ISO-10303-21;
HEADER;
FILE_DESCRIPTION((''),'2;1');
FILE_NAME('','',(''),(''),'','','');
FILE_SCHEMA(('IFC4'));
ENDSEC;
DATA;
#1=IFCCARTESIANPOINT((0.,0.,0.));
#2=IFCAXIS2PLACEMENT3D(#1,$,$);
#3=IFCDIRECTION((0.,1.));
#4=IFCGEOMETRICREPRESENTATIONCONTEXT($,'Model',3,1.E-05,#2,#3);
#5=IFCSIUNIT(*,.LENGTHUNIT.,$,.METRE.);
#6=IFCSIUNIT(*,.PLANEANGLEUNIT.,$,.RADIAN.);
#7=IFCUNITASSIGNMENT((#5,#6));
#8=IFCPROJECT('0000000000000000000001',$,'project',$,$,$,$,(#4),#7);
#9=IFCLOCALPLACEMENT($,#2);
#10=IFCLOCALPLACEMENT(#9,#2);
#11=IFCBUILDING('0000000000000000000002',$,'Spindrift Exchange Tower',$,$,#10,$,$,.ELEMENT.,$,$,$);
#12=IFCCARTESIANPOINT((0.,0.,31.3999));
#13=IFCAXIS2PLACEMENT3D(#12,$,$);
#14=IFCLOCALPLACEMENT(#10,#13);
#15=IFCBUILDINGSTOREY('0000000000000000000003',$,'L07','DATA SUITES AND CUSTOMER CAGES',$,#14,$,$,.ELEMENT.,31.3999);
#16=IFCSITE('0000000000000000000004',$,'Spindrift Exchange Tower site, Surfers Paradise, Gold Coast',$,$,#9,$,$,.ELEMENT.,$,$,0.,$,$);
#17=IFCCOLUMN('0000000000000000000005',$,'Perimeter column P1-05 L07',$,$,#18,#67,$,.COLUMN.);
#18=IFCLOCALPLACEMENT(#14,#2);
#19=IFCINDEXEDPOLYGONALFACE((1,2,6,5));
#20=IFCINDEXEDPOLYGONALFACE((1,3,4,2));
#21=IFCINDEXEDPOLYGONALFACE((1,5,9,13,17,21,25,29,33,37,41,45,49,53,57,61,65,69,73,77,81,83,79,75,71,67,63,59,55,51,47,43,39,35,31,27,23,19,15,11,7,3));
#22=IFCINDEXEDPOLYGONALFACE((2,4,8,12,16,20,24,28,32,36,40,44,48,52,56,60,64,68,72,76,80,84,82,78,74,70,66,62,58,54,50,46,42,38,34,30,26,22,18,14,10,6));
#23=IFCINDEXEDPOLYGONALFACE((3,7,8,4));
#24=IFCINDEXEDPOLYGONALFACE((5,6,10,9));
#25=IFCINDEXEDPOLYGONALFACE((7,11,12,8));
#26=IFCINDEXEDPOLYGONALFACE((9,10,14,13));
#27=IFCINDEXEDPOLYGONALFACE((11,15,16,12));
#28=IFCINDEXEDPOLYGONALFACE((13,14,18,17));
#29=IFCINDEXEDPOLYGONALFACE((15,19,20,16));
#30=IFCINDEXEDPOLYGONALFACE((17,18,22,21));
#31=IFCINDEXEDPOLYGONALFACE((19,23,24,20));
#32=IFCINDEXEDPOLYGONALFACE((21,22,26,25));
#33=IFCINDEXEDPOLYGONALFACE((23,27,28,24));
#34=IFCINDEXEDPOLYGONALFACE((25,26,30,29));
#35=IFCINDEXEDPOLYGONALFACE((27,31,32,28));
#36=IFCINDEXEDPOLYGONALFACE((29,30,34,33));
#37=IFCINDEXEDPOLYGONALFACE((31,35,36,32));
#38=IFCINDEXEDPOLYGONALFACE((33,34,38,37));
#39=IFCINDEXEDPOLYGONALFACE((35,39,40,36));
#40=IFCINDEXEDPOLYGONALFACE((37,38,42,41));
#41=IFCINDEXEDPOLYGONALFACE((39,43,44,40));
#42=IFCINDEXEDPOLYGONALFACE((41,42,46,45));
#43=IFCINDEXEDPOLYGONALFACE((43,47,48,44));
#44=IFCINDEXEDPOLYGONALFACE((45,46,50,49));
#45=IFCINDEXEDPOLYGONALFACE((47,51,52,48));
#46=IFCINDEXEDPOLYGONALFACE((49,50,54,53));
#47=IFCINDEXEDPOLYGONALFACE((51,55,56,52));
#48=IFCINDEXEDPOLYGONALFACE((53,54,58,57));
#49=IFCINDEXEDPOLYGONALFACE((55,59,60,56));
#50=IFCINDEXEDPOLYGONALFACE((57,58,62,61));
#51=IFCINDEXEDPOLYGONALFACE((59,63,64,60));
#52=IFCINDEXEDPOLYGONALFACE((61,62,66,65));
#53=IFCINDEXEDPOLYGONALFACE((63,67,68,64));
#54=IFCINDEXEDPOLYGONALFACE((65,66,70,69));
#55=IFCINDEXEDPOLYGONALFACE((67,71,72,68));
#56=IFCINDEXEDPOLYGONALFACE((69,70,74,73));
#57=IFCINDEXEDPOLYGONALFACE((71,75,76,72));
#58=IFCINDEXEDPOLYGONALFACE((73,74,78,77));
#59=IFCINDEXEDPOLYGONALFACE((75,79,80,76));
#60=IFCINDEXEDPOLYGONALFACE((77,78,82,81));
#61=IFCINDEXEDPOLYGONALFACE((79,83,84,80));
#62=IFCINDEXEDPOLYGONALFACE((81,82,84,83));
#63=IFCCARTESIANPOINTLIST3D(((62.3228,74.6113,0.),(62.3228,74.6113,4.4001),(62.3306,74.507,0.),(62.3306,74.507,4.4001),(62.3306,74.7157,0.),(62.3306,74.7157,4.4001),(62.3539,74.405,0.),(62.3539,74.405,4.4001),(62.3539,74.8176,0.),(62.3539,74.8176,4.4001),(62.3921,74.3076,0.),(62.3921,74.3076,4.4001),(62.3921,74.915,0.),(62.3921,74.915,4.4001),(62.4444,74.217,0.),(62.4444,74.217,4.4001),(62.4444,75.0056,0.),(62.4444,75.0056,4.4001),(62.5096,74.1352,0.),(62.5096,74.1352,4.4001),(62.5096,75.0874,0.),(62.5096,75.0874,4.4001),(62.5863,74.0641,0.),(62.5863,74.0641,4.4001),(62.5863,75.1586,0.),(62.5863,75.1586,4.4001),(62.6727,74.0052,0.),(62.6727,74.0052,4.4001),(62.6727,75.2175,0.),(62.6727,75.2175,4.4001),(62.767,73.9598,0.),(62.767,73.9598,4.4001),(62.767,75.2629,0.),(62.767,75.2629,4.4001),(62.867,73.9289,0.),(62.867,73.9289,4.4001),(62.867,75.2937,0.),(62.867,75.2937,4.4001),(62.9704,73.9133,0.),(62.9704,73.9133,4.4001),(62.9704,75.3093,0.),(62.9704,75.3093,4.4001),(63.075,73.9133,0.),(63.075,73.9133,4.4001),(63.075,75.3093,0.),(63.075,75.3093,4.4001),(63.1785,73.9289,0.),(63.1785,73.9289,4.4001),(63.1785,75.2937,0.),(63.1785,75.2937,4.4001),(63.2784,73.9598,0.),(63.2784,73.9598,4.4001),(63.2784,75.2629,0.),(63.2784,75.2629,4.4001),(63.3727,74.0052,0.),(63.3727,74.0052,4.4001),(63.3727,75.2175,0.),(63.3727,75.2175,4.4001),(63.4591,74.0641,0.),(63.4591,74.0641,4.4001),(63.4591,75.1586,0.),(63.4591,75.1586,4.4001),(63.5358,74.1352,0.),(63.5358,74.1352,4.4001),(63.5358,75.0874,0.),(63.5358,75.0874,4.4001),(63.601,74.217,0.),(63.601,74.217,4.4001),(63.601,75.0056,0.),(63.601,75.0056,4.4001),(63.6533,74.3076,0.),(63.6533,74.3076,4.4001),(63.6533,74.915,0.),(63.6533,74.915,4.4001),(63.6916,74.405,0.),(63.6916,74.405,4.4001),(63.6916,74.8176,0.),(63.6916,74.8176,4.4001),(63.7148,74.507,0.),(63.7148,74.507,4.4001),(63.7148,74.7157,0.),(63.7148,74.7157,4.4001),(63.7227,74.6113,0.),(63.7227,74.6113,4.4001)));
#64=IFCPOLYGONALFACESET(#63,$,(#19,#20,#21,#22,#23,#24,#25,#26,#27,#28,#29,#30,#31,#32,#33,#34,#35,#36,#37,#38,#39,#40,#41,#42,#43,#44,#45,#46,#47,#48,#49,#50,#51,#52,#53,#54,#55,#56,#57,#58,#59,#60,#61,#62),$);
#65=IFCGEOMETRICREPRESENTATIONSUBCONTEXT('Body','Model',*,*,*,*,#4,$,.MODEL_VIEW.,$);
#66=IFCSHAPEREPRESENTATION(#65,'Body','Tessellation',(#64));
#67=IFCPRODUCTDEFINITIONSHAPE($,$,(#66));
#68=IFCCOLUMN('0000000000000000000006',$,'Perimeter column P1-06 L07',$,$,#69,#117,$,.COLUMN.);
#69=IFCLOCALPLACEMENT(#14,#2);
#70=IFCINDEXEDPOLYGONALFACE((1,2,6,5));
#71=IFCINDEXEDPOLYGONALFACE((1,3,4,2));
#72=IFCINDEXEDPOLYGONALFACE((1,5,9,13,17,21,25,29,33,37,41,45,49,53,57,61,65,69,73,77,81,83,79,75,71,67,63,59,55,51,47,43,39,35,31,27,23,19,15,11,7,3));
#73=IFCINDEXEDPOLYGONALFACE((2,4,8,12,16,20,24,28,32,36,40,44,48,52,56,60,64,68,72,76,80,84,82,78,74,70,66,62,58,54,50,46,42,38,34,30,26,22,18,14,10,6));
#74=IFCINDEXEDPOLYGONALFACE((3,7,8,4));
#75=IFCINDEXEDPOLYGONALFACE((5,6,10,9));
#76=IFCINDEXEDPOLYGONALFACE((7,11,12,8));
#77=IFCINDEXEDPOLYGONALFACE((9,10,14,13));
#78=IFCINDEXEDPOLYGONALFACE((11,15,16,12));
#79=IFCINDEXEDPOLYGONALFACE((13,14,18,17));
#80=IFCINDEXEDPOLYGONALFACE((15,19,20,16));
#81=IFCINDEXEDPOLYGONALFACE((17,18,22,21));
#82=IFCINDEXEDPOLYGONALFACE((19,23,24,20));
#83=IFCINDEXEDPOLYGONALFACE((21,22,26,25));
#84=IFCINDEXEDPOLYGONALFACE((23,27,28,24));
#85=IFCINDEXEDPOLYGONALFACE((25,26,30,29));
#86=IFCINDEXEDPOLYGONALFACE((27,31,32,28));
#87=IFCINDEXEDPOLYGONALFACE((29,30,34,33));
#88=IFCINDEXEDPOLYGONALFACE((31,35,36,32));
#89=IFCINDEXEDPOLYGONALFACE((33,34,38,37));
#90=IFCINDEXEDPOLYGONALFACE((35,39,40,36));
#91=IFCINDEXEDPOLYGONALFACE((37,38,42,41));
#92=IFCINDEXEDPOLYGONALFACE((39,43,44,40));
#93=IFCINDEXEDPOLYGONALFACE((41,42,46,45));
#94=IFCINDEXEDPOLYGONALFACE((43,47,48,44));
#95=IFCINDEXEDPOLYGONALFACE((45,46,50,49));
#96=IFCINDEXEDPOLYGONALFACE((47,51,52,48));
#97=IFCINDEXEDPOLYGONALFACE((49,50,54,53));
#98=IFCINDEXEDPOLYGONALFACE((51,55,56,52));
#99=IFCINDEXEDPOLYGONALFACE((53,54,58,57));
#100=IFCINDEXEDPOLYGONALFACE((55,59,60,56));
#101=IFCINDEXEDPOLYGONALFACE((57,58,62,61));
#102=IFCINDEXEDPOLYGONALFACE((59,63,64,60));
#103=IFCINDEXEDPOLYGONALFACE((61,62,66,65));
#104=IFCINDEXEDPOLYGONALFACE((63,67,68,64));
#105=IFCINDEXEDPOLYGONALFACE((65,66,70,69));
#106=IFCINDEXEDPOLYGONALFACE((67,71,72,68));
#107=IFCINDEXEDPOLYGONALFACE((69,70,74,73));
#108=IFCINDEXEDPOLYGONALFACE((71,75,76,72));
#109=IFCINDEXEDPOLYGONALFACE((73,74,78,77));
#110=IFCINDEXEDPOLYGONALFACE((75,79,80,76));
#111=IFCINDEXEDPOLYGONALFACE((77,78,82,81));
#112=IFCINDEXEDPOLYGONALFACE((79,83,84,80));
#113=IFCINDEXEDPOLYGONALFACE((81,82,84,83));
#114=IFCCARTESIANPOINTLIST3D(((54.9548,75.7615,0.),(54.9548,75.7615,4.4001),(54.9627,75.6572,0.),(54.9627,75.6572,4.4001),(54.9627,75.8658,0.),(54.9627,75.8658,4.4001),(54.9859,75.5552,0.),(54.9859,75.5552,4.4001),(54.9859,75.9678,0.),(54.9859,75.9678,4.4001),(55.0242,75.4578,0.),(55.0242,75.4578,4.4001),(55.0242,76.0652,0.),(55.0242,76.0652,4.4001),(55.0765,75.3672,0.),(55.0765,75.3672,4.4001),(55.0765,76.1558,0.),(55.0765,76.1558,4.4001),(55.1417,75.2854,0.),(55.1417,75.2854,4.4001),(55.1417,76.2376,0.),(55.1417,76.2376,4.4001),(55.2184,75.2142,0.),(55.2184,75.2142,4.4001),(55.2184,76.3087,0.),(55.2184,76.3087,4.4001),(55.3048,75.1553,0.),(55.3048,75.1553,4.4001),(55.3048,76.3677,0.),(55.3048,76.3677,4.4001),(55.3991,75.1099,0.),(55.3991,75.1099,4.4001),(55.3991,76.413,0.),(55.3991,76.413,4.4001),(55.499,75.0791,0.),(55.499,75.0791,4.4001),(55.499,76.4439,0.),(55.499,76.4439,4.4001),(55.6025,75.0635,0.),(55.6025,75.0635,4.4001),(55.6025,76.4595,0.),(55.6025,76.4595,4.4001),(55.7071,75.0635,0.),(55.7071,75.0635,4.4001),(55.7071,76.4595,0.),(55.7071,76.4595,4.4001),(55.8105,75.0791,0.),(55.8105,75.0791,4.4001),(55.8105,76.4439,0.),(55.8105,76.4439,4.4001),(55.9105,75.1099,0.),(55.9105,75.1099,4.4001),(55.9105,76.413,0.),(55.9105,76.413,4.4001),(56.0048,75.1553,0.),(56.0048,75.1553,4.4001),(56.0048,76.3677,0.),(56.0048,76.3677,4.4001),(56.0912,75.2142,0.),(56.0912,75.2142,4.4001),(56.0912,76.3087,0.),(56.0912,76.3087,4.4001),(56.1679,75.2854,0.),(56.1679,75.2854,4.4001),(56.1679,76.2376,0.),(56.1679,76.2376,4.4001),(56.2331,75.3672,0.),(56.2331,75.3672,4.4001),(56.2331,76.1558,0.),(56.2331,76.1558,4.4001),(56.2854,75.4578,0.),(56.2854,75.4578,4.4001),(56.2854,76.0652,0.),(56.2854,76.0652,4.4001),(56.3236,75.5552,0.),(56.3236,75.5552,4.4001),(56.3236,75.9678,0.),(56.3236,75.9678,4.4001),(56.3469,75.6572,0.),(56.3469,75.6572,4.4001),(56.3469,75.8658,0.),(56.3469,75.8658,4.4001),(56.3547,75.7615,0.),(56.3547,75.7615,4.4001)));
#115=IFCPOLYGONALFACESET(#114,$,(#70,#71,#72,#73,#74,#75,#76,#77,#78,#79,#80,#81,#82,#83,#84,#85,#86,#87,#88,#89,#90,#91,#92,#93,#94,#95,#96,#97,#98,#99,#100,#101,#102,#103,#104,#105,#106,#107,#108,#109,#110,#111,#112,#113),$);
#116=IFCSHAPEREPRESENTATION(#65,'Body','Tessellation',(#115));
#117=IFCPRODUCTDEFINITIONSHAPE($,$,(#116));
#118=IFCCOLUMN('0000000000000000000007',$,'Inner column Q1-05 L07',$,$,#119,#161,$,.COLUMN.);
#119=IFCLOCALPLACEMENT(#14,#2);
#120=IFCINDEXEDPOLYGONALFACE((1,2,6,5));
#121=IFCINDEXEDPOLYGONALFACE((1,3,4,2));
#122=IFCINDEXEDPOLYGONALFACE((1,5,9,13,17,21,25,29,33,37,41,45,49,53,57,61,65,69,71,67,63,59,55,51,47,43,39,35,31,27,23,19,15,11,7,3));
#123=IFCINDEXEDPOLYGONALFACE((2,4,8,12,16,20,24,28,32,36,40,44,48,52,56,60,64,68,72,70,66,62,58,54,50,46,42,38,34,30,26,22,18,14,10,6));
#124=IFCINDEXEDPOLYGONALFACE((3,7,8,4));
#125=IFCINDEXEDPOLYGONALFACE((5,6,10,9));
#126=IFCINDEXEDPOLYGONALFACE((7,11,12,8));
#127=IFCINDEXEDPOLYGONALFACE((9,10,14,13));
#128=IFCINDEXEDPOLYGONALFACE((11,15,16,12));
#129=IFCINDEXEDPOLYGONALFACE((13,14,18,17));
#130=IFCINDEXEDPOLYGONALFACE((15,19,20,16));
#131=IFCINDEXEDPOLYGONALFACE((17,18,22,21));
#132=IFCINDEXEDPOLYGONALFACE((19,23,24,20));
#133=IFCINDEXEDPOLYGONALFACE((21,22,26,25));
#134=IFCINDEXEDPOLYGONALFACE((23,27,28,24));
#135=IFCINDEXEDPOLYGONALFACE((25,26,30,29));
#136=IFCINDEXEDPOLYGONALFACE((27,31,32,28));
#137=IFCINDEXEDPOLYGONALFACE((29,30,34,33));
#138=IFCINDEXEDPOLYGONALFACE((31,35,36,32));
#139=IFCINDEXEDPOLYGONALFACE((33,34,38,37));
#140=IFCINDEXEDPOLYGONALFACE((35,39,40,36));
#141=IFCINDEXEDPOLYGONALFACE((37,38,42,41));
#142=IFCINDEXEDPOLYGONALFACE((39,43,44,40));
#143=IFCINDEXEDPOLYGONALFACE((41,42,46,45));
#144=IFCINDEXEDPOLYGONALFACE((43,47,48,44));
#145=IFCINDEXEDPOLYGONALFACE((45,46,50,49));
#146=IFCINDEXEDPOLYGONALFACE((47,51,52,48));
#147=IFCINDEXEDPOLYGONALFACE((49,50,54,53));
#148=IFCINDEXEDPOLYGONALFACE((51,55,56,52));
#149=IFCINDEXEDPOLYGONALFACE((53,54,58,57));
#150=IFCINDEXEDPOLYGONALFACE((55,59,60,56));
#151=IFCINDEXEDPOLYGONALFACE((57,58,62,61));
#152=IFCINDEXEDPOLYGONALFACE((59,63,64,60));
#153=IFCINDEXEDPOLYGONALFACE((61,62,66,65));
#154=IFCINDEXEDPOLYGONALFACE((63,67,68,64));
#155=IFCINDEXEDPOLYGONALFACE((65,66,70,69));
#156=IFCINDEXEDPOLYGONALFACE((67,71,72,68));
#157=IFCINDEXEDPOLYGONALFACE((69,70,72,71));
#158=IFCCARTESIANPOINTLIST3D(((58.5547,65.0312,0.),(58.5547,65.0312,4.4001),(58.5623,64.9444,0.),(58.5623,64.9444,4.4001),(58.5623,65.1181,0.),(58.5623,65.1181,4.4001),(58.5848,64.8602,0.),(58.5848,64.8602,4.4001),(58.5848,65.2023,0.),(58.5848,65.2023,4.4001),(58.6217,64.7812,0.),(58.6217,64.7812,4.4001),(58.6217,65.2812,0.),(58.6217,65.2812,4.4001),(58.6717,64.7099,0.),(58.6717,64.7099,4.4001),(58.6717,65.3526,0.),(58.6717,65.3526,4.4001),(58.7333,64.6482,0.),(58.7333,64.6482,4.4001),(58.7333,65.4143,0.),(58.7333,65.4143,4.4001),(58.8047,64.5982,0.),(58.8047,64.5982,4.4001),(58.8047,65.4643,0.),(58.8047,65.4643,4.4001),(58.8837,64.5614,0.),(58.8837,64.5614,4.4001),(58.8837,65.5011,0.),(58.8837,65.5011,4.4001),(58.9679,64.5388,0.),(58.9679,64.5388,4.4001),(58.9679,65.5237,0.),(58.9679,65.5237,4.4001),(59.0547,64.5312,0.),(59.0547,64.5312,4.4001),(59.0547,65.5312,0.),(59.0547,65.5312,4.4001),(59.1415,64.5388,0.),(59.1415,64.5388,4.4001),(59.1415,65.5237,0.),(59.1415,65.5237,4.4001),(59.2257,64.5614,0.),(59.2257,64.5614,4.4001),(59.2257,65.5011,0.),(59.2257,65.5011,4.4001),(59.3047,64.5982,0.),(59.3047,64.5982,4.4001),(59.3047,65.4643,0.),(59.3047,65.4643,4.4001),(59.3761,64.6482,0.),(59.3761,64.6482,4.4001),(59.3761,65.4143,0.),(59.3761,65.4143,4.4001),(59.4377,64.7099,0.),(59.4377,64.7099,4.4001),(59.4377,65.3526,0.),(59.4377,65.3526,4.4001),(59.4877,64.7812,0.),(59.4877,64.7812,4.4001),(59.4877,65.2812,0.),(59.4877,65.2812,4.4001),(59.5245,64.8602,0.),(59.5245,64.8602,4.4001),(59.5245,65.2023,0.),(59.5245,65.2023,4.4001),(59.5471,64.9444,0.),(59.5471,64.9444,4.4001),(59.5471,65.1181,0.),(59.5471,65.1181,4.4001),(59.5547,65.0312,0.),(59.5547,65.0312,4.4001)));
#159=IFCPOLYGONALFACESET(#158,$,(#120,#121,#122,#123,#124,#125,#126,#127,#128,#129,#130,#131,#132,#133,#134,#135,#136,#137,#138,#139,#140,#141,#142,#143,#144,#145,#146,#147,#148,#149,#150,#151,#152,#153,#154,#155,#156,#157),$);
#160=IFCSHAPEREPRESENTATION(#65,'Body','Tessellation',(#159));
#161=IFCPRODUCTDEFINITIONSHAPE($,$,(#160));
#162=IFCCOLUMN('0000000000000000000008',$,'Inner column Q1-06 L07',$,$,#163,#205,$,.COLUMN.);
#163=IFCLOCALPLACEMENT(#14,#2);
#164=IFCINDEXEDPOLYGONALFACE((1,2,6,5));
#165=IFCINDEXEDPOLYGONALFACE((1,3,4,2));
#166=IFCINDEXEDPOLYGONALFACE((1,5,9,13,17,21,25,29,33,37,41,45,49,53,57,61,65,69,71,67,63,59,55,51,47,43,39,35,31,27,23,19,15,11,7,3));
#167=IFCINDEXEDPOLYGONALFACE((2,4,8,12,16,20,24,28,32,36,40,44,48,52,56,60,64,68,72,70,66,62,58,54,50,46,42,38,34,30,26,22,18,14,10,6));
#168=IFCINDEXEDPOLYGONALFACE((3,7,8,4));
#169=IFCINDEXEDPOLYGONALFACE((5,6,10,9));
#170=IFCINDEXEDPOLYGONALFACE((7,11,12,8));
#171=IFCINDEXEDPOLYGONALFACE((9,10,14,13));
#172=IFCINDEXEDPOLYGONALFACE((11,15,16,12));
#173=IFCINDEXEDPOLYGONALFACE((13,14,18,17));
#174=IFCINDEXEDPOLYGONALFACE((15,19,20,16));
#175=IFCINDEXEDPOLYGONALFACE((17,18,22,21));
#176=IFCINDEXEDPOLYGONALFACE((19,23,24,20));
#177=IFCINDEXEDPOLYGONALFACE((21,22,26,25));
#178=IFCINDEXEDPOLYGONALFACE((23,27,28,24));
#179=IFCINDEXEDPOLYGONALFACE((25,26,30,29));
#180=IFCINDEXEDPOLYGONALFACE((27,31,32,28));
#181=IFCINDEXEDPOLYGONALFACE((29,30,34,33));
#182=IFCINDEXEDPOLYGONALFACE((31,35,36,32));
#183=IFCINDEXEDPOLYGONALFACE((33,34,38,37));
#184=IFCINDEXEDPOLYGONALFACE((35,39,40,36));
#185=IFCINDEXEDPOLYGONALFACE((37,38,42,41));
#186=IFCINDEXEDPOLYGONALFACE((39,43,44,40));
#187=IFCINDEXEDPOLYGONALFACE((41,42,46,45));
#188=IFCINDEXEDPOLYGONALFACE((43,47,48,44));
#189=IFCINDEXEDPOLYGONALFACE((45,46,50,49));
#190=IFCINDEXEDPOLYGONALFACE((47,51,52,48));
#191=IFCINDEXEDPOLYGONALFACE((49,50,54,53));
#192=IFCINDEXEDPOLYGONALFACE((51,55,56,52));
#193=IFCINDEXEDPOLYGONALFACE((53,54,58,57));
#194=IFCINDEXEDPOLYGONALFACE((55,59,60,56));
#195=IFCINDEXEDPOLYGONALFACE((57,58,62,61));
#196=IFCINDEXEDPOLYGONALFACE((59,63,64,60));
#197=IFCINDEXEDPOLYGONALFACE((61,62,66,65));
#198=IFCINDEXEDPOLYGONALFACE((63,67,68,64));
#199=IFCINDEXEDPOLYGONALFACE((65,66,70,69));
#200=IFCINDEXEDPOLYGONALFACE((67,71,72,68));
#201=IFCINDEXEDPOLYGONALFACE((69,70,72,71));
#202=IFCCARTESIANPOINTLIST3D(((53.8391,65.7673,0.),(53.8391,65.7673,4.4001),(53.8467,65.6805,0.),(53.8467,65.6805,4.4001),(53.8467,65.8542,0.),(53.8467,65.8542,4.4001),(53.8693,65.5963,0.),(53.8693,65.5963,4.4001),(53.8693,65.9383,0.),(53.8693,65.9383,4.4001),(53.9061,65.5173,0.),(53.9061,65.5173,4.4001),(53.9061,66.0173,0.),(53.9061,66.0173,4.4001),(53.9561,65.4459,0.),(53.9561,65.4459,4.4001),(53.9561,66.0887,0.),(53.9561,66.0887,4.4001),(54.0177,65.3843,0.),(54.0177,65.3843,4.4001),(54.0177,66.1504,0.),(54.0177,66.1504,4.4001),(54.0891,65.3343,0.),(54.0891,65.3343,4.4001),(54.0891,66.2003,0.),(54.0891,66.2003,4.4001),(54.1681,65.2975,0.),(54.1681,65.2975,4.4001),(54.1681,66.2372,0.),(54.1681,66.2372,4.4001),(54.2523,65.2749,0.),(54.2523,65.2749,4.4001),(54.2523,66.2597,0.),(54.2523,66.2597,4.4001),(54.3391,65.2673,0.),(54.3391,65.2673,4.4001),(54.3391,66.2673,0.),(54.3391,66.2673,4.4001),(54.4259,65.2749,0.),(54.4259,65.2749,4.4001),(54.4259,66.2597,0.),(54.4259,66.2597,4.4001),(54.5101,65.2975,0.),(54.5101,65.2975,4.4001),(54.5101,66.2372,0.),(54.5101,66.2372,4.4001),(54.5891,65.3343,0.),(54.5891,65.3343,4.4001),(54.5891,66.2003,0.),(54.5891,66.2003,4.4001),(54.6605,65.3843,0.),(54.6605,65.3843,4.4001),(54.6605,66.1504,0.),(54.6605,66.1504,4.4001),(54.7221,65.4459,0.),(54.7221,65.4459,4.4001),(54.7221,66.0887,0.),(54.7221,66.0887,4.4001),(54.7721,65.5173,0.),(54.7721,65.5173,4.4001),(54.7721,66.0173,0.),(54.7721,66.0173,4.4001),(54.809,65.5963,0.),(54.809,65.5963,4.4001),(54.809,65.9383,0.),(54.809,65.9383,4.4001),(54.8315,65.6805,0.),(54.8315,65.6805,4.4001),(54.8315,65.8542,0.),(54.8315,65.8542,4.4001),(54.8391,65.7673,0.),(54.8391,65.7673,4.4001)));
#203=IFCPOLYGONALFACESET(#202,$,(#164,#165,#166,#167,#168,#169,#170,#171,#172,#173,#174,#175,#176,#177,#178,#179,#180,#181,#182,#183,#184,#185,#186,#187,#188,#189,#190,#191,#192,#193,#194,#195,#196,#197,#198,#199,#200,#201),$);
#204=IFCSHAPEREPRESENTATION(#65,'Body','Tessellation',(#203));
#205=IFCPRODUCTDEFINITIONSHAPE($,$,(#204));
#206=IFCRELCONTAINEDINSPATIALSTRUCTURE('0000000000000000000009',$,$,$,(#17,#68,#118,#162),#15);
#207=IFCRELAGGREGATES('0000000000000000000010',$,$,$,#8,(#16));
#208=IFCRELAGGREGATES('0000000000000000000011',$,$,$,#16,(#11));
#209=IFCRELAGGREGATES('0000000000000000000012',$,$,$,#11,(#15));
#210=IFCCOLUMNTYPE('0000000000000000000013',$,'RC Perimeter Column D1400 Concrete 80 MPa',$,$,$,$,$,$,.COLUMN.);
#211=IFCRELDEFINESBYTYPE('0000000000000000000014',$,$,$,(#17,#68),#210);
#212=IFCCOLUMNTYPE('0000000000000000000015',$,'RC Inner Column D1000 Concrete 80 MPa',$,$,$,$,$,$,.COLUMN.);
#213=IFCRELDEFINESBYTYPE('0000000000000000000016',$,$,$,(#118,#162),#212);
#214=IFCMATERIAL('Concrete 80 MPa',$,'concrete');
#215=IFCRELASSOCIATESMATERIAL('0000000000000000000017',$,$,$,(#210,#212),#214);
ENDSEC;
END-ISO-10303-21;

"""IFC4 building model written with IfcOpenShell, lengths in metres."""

from ifc_helpers import new_model, si_unit, direction, frame, origin, origin_2d, place, context, subcontext, project, spatial, circle, extrude, source, transform, mapped, material, material_profile, profile_set, type_object, element, save


model = new_model("IFC4")

# Units and contexts
model_context = context("Model", 3, precision=1e-05, world=origin(), true_north=direction((0.0, 1.0)))
body_context = subcontext(model_context, "Body", "Model", "MODEL_VIEW")
ifc_project = project(units=[si_unit("LENGTHUNIT", "METRE"), si_unit("PLANEANGLEUNIT", "RADIAN")], contexts=[model_context])

# Site, building, storey
site_placement = place(None, origin())
site = spatial("IfcSite", under=ifc_project, at=site_placement, Name="Spindrift Exchange Tower site, Surfers Paradise, Gold Coast", CompositionType="ELEMENT", RefElevation=0.0)
building_placement = place(site_placement, origin())
building = spatial("IfcBuilding", under=site, at=building_placement, Name="Spindrift Exchange Tower", CompositionType="ELEMENT")
storey_placement = place(building_placement, frame((0.0, 0.0, 31.3999)))
storey = spatial("IfcBuildingStorey", under=building, at=storey_placement, Name="L07", Description="DATA SUITES AND CUSTOMER CAGES", CompositionType="ELEMENT", Elevation=31.3999)

# Columns
ifc_material_1 = material(Name="Concrete 80 MPa", Category="concrete")
ifc_material_profile_1 = material_profile(ifc_material_1, circle(Radius=0.7, at=origin_2d()), Name="RC D1400")
ifc_profile_set_1 = profile_set([ifc_material_profile_1], Name="Concrete 80 MPa")
column_type_1 = type_object("IfcColumnType", Name="RC Perimeter Column D1400 Concrete 80 MPa", PredefinedType="COLUMN", material=ifc_profile_set_1)
shared_shape_1 = source(origin(), body_context, "Body", "SweptSolid", [
    extrude(circle(Radius=0.7, at=origin_2d()), origin(), (0.0, 0.0, 1.0), 4.4001),
])
for number, where, z_axis, x_axis, name in (
    (1, (63.0227, 74.6113, 0.0), (0.0, 0.0, 1.0), (1.0, 0.0, 0.0), "Perimeter column P1-05 L07"),
    (2, (55.6548, 75.7615, 0.0), (0.0, 0.0, 1.0), (1.0, 0.0, 0.0), "Perimeter column P1-06 L07"),
):
    element("IfcColumn", number, at=place(storey_placement, frame(where, z_axis=z_axis, x_axis=x_axis)), inside=storey, type_object=column_type_1, Name=name, PredefinedType="COLUMN", context=body_context, shape_type="MappedRepresentation", body=[
        mapped(shared_shape_1, transform((0.0, 0.0, 0.0), scale=1.0)),
    ])
ifc_material_profile_2 = material_profile(ifc_material_1, circle(Radius=0.5, at=origin_2d()), Name="RC D1000")
ifc_profile_set_2 = profile_set([ifc_material_profile_2], Name="Concrete 80 MPa")
column_type_2 = type_object("IfcColumnType", Name="RC Inner Column D1000 Concrete 80 MPa", PredefinedType="COLUMN", material=ifc_profile_set_2)
shared_shape_2 = source(origin(), body_context, "Body", "SweptSolid", [
    extrude(circle(Radius=0.5, at=origin_2d()), origin(), (0.0, 0.0, 1.0), 4.4001),
])
for number, where, z_axis, x_axis, name in (
    (3, (59.0547, 65.0312, 0.0), (0.0, 0.0, 1.0), (1.0, 0.0, 0.0), "Inner column Q1-05 L07"),
    (4, (54.3391, 65.7673, 0.0), (0.0, 0.0, 1.0), (1.0, 0.0, 0.0), "Inner column Q1-06 L07"),
):
    element("IfcColumn", number, at=place(storey_placement, frame(where, z_axis=z_axis, x_axis=x_axis)), inside=storey, type_object=column_type_2, Name=name, PredefinedType="COLUMN", context=body_context, shape_type="MappedRepresentation", body=[
        mapped(shared_shape_2, transform((0.0, 0.0, 0.0), scale=1.0)),
    ])

save(model, "model.ifc")
